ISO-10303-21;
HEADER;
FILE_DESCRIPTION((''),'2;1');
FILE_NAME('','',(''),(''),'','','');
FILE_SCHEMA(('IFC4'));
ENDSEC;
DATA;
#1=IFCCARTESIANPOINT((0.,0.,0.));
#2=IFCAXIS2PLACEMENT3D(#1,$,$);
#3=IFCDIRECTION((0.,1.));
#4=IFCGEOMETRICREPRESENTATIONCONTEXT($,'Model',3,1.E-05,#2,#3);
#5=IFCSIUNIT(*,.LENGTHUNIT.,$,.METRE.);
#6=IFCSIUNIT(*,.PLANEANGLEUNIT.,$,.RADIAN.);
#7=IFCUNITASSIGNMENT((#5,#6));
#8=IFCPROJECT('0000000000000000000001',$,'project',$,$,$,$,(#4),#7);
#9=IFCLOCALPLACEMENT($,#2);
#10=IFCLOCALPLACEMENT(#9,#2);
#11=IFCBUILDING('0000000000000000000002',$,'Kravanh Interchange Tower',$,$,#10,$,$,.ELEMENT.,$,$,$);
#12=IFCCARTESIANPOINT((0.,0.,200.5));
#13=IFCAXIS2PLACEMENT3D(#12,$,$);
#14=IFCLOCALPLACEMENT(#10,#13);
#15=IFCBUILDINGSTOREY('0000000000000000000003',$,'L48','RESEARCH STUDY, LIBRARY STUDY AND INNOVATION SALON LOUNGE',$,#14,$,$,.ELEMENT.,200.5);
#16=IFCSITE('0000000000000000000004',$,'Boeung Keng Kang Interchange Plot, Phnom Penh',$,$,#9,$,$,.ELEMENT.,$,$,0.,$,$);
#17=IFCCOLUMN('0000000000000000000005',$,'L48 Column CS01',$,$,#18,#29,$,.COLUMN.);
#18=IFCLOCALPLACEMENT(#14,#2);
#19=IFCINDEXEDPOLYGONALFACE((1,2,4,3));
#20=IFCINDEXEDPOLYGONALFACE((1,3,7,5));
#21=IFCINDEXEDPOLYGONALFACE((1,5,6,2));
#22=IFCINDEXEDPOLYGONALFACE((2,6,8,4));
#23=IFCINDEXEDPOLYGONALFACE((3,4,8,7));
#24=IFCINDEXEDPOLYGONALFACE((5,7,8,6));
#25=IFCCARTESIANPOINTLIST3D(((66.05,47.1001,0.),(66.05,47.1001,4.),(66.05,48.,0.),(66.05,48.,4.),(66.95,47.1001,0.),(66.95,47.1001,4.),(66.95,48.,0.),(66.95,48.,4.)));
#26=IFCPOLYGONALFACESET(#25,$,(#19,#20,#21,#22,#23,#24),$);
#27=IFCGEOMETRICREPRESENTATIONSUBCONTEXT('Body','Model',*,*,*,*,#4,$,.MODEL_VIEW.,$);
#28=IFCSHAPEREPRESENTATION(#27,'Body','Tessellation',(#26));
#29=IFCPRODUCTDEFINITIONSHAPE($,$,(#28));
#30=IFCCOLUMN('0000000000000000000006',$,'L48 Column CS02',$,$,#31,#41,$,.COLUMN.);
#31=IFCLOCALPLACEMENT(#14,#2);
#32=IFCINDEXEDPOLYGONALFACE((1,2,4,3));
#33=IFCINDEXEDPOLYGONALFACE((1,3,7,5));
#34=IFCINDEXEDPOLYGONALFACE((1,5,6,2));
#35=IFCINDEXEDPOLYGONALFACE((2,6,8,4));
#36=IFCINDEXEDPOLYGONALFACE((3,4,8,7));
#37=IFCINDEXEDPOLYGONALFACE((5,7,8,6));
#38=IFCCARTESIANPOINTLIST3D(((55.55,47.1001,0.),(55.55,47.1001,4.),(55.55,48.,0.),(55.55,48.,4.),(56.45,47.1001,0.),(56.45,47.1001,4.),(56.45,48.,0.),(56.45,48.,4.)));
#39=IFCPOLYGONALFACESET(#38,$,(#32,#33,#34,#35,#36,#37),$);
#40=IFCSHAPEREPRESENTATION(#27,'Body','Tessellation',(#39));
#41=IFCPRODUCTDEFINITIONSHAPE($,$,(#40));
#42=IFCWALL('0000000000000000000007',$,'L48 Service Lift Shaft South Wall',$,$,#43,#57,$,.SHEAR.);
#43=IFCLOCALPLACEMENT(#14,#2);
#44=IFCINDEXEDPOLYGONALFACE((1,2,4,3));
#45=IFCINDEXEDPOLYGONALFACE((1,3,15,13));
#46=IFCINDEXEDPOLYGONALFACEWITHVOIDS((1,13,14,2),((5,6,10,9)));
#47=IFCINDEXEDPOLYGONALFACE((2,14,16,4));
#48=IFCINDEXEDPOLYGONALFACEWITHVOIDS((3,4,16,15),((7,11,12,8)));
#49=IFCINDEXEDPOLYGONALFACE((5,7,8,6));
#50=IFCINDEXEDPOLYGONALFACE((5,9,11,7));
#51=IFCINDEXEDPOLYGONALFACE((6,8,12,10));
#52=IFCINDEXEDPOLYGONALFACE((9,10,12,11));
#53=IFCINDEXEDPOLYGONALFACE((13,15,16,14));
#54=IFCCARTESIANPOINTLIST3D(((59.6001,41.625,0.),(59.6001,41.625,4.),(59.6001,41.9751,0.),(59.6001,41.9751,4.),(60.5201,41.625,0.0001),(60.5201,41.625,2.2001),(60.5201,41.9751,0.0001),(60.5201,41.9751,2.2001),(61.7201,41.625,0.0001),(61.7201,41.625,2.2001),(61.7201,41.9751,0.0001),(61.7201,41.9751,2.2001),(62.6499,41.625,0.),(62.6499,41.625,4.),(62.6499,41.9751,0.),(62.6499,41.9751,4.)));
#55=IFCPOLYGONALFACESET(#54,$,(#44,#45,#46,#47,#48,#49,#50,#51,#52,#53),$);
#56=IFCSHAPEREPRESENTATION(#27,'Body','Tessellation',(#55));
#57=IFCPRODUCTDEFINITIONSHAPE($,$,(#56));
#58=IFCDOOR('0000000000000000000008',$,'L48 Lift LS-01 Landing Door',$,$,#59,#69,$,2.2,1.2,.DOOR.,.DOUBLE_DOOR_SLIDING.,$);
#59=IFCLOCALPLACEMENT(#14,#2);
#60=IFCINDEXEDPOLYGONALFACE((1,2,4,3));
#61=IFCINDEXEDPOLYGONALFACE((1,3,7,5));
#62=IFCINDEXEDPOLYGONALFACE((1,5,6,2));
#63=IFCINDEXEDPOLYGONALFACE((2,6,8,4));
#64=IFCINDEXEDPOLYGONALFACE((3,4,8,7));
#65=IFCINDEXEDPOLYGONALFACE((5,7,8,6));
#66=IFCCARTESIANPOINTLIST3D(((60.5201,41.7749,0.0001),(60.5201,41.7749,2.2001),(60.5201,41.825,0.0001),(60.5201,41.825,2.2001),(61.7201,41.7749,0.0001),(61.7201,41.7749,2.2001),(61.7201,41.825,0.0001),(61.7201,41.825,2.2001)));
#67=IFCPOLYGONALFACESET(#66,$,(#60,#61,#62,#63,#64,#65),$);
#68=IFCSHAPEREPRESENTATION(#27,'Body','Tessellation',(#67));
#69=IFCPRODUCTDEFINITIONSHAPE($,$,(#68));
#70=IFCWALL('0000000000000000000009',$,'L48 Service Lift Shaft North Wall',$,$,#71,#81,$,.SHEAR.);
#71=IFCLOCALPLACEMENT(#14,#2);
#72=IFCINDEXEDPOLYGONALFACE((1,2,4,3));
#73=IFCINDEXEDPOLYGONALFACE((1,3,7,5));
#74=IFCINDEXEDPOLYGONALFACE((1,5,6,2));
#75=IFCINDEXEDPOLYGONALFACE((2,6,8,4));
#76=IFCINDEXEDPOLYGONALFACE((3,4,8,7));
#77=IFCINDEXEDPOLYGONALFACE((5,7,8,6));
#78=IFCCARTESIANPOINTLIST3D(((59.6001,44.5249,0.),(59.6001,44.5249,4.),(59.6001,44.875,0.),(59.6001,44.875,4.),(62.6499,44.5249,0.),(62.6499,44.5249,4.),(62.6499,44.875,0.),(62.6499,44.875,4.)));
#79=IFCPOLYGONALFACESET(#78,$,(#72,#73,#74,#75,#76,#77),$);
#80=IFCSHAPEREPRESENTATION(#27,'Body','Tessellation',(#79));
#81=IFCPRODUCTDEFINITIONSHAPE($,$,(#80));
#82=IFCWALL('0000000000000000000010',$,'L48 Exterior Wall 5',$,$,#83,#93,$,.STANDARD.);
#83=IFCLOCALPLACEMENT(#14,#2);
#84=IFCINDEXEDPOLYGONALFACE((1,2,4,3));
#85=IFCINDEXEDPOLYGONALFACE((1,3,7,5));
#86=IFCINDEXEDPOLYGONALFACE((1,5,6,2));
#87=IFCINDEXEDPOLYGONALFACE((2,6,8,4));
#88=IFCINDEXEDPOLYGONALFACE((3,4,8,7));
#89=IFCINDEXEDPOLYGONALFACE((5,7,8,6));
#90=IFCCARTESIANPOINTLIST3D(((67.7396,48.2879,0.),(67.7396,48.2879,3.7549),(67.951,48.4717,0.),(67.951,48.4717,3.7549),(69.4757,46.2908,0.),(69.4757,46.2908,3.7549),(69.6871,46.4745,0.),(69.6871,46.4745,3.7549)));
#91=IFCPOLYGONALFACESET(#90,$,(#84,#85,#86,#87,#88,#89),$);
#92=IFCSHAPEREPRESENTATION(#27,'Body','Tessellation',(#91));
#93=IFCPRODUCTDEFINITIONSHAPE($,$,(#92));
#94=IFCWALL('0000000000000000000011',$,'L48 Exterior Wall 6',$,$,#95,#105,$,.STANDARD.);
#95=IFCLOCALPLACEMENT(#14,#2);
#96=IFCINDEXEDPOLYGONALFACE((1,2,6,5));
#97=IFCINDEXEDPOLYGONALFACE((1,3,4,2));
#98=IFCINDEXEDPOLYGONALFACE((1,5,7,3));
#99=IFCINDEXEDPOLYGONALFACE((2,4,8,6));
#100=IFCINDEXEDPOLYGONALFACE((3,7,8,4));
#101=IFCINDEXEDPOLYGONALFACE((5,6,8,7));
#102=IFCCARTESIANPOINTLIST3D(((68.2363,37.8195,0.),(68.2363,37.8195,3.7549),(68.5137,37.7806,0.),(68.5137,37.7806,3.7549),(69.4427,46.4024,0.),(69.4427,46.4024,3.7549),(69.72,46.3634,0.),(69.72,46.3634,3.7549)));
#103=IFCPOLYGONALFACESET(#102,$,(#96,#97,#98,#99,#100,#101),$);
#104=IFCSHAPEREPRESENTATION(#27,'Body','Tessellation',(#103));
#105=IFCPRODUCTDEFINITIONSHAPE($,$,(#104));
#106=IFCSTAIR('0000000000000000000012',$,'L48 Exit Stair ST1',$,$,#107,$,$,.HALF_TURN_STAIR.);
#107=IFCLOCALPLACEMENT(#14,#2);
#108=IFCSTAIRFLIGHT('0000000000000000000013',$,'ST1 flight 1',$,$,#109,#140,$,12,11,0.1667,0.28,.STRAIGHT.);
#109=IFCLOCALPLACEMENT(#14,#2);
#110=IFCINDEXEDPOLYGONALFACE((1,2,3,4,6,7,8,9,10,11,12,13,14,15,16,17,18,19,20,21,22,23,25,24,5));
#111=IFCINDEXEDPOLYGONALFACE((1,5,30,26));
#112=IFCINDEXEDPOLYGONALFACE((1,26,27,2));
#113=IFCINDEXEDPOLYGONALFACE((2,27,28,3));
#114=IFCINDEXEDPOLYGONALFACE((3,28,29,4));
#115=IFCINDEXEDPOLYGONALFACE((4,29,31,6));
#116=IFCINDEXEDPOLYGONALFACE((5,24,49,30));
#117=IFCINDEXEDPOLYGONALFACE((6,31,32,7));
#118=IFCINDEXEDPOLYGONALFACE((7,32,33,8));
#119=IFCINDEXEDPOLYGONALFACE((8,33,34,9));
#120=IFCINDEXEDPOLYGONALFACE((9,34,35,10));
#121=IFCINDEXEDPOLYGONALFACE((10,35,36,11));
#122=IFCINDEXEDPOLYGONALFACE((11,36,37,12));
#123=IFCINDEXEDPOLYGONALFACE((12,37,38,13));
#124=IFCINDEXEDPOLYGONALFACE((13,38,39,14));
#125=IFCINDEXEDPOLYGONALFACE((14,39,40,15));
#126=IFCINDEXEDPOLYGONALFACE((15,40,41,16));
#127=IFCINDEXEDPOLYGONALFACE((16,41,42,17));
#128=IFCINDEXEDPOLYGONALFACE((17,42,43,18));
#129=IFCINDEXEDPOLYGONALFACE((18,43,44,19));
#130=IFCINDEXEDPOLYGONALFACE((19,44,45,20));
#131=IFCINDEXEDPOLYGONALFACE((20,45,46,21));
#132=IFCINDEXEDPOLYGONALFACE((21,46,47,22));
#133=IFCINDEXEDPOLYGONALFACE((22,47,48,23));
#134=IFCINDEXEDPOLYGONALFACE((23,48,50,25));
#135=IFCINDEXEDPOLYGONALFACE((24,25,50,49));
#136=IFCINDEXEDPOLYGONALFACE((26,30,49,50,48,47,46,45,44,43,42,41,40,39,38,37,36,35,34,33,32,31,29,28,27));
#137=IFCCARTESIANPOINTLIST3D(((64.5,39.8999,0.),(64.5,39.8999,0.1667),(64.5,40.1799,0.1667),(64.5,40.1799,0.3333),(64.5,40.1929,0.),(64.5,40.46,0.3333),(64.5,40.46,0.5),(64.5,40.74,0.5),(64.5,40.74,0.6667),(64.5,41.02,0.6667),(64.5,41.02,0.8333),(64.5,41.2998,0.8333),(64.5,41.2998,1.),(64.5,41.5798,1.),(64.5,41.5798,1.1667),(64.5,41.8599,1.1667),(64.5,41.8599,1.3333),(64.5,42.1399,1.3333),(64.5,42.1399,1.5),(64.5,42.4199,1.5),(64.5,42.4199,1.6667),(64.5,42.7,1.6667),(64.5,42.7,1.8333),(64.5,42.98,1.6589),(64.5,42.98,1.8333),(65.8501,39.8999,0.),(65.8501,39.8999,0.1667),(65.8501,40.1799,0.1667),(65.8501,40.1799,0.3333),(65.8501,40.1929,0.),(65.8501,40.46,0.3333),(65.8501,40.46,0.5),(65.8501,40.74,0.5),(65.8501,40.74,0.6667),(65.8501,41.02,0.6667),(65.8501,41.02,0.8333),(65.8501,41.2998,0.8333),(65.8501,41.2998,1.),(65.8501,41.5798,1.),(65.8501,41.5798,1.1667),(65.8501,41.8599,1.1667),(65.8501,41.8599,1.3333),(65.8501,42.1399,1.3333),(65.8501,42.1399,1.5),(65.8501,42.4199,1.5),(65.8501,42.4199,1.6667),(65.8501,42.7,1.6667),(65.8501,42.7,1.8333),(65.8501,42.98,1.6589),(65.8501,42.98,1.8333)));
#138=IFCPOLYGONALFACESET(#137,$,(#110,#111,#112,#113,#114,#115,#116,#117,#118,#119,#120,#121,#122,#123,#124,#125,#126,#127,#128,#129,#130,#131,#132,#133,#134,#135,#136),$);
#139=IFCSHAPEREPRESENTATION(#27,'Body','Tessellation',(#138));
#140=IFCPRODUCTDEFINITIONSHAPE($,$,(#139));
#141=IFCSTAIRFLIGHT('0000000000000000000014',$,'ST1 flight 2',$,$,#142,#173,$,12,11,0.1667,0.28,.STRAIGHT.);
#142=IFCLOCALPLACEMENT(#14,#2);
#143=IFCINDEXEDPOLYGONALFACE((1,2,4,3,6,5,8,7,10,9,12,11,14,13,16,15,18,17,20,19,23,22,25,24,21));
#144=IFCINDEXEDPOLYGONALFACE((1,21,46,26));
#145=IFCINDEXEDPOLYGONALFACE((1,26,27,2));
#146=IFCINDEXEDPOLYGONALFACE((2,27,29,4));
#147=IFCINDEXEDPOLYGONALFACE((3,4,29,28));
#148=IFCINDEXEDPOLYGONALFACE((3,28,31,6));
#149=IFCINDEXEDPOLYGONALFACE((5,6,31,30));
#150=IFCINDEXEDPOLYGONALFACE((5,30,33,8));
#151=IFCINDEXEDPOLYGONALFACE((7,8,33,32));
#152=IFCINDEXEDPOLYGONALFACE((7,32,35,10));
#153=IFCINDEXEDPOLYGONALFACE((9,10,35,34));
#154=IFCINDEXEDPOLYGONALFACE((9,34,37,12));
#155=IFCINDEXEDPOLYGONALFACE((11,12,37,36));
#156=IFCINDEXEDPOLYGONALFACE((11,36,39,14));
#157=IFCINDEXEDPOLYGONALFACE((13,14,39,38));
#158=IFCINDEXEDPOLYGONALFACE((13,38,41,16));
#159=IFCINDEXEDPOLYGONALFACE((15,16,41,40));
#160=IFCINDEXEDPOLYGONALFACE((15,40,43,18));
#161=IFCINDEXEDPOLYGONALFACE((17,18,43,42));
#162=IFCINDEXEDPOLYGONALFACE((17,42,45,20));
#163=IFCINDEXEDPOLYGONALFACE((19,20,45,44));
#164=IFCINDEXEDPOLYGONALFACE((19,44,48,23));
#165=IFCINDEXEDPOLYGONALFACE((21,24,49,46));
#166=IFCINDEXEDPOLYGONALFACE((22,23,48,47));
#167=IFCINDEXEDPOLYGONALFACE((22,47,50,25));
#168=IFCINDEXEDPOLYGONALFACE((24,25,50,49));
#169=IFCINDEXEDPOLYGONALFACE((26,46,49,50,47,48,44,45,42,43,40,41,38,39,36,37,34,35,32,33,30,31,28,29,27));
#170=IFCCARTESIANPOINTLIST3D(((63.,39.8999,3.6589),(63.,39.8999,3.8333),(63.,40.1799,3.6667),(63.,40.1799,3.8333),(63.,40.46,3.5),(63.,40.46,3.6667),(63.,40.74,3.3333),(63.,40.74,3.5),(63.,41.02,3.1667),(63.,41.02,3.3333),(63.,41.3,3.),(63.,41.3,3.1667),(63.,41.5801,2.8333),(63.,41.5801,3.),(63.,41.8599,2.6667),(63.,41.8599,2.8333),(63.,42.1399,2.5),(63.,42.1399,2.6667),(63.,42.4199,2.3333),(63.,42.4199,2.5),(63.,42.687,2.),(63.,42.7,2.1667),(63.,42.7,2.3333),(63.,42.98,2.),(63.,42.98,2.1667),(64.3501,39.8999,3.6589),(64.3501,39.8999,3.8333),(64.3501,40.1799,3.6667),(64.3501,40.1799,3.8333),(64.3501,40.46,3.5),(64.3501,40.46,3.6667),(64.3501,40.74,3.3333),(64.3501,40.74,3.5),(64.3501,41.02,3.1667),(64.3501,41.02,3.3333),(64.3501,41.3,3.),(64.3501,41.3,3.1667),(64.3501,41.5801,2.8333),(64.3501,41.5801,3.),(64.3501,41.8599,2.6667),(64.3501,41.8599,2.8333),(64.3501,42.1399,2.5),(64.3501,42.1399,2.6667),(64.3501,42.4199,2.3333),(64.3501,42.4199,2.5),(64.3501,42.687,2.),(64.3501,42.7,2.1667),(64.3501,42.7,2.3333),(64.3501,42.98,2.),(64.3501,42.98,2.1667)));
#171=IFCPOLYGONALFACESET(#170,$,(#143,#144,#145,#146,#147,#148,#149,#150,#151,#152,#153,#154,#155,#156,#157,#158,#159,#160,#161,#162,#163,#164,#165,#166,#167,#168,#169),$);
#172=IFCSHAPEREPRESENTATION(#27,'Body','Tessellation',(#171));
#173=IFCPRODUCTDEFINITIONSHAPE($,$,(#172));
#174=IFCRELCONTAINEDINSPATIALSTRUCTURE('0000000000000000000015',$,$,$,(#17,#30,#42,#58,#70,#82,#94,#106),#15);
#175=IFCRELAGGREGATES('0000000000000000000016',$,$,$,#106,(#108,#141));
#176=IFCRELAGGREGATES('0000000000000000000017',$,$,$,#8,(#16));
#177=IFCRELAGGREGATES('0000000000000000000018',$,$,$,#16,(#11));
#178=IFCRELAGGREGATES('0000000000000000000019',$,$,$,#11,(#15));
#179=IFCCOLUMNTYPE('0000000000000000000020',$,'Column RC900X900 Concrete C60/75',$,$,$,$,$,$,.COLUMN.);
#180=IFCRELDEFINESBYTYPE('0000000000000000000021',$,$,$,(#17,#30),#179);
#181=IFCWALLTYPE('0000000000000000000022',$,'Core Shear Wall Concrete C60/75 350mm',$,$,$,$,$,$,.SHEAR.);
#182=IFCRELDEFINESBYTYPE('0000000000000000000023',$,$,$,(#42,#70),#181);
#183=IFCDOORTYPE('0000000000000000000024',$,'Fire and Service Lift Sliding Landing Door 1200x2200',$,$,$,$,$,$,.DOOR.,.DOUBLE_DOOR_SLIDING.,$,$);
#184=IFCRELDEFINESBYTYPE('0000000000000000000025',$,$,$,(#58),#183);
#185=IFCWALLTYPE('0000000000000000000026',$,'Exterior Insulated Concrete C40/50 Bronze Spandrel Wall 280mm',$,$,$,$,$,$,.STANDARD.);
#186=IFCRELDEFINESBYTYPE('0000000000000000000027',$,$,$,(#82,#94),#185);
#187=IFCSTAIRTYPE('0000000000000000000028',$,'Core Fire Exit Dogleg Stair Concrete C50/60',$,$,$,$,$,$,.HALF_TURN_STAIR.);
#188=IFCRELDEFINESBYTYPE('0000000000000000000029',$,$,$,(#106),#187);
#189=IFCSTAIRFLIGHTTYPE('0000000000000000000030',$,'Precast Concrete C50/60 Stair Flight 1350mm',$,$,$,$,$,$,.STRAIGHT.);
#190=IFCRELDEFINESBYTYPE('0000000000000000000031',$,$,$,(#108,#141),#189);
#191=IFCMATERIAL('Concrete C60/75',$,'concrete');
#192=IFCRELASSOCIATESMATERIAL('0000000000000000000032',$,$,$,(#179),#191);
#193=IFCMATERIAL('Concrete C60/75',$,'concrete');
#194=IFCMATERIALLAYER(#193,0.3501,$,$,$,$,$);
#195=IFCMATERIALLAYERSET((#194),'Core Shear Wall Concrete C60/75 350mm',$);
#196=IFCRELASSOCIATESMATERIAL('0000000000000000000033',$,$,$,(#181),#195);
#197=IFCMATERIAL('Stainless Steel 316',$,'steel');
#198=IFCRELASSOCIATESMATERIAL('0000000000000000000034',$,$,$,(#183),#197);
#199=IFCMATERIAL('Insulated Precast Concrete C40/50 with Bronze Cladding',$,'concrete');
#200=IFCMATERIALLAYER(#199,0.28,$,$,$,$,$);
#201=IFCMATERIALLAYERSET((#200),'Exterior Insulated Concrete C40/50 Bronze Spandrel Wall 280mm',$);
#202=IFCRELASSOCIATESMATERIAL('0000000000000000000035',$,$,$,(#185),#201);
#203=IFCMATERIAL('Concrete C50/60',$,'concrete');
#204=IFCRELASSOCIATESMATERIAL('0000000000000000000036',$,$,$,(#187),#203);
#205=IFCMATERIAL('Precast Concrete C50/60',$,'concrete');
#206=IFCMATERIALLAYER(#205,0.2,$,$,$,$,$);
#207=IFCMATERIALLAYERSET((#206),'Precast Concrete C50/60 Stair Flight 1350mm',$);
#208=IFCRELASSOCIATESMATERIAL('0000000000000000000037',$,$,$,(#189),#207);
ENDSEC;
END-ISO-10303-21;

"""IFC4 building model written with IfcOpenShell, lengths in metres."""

from ifc_helpers import new_model, si_unit, direction, frame, frame_2d, origin, origin_2d, place, context, subcontext, project, spatial, polyline, rectangle, outline, extrude, material, layer, layer_set, material_profile, profile_set, type_object, element, fill, aggregate, save


model = new_model("IFC4")

# Units and contexts
model_context = context("Model", 3, precision=1e-05, world=origin(), true_north=direction((0.0, 1.0)))
body_context = subcontext(model_context, "Body", "Model", "MODEL_VIEW")
ifc_project = project(units=[si_unit("LENGTHUNIT", "METRE"), si_unit("PLANEANGLEUNIT", "RADIAN")], contexts=[model_context])

# Site, building, storey
site_placement = place(None, origin())
site = spatial("IfcSite", under=ifc_project, at=site_placement, Name="Boeung Keng Kang Interchange Plot, Phnom Penh", CompositionType="ELEMENT", RefElevation=0.0)
building_placement = place(site_placement, origin())
building = spatial("IfcBuilding", under=site, at=building_placement, Name="Kravanh Interchange Tower", CompositionType="ELEMENT")
storey_placement = place(building_placement, frame((0.0, 0.0, 200.5)))
storey = spatial("IfcBuildingStorey", under=building, at=storey_placement, Name="L48", Description="RESEARCH STUDY, LIBRARY STUDY AND INNOVATION SALON LOUNGE", CompositionType="ELEMENT", Elevation=200.5)

# Columns
ifc_material_1 = material(Name="Concrete C60/75", Category="concrete")
ifc_material_profile = material_profile(ifc_material_1, rectangle(XDim=0.8999, YDim=0.8999, at=origin_2d()), Name="RC900X900")
ifc_profile_set = profile_set([ifc_material_profile], Name="Concrete C60/75")
column_type = type_object("IfcColumnType", Name="Column RC900X900 Concrete C60/75", PredefinedType="COLUMN", material=ifc_profile_set)
for number, where, z_axis, x_axis, name in (
    (1, (66.5, 47.55, 0.0), (0.0, 0.0, 1.0), (1.0, 0.0, 0.0), "L48 Column CS01"),
    (2, (56.0, 47.55, 0.0), (0.0, 0.0, 1.0), (1.0, 0.0, 0.0), "L48 Column CS02"),
):
    element("IfcColumn", number, at=place(storey_placement, frame(where, z_axis=z_axis, x_axis=x_axis)), inside=storey, type_object=column_type, Name=name, PredefinedType="COLUMN", context=body_context, shape_type="SweptSolid", body=[
        extrude(rectangle(XDim=0.8999, YDim=0.8999, at=origin_2d()), origin(), (0.0, 0.0, 1.0), 4.0),
    ])

# Wall, opening, door
ifc_material_2 = material(Name="Concrete C60/75", Category="concrete")
ifc_layer_1 = layer(ifc_material_2, 0.3501)
ifc_layer_set_1 = layer_set([ifc_layer_1], Name="Core Shear Wall Concrete C60/75 350mm")
wall_type_1 = type_object("IfcWallType", Name="Core Shear Wall Concrete C60/75 350mm", PredefinedType="SHEAR", material=ifc_layer_set_1)
wall_1_placement = place(storey_placement, frame((59.6001, 41.8, 0.0), z_axis=(0.0, 0.0, 1.0), x_axis=(1.0, 0.0, 0.0)))
wall_1 = element("IfcWall", 3, at=wall_1_placement, inside=storey, type_object=wall_type_1, Name="L48 Service Lift Shaft South Wall", PredefinedType="SHEAR", context=body_context, shape_type="SweptSolid", body=[
    extrude(rectangle(XDim=3.0498, YDim=0.3501, at=frame_2d((1.5249, 0.0))), origin(), (0.0, 0.0, 1.0), 4.0),
])
opening_placement = place(wall_1_placement, frame((0.9199, 0.0, 0.0)))
opening = element("IfcOpeningElement", 4, at=opening_placement, cuts=wall_1, PredefinedType="OPENING", context=body_context, shape_type="SweptSolid", body=[
    extrude(rectangle(XDim=1.2, YDim=2.2, at=frame_2d((0.6001, 1.1001))), frame((0.0, 0.1851, 0.0), z_axis=(0.0, -1.0, 0.0), x_axis=(1.0, 0.0, 0.0)), (0.0, 0.0, 1.0), 0.3701),
])
ifc_material_3 = material(Name="Stainless Steel 316", Category="steel")
door_type = type_object("IfcDoorType", Name="Fire and Service Lift Sliding Landing Door 1200x2200", OperationType="DOUBLE_DOOR_SLIDING", PredefinedType="DOOR", material=ifc_material_3)
door_placement = place(opening_placement, origin())
door = element("IfcDoor", 5, at=door_placement, inside=storey, type_object=door_type, Name="L48 Lift LS-01 Landing Door", OperationType="DOUBLE_DOOR_SLIDING", OverallHeight=2.2, OverallWidth=1.2, PredefinedType="DOOR", context=body_context, shape_type="SweptSolid", body=[
    extrude(rectangle(XDim=1.2, YDim=2.2, at=frame_2d((0.6001, 1.1001))), frame((0.0, 0.0249, 0.0), z_axis=(0.0, -1.0, 0.0), x_axis=(1.0, 0.0, 0.0)), (0.0, 0.0, 1.0), 0.05),
])
fill(opening, door)

# Walls
wall_2_placement = place(storey_placement, frame((59.6001, 44.7, 0.0), z_axis=(0.0, 0.0, 1.0), x_axis=(1.0, 0.0, 0.0)))
element("IfcWall", 6, at=wall_2_placement, inside=storey, type_object=wall_type_1, Name="L48 Service Lift Shaft North Wall", PredefinedType="SHEAR", context=body_context, shape_type="SweptSolid", body=[
    extrude(rectangle(XDim=3.0498, YDim=0.3501, at=frame_2d((1.5249, 0.0))), origin(), (0.0, 0.0, 1.0), 4.0),
])
ifc_material_4 = material(Name="Insulated Precast Concrete C40/50 with Bronze Cladding", Category="concrete")
ifc_layer_2 = layer(ifc_material_4, 0.28)
ifc_layer_set_2 = layer_set([ifc_layer_2], Name="Exterior Insulated Concrete C40/50 Bronze Spandrel Wall 280mm")
wall_type_2 = type_object("IfcWallType", Name="Exterior Insulated Concrete C40/50 Bronze Spandrel Wall 280mm", PredefinedType="STANDARD", material=ifc_layer_set_2)
wall_3_placement = place(storey_placement, frame((67.8452, 48.3799, 0.0), z_axis=(0.0, 0.0, 1.0), x_axis=(0.656071, -0.754699, 0.0)))
element("IfcWall", 7, at=wall_3_placement, inside=storey, type_object=wall_type_2, Name="L48 Exterior Wall 5", PredefinedType="STANDARD", context=body_context, shape_type="SweptSolid", body=[
    extrude(rectangle(XDim=2.6462, YDim=0.28, at=frame_2d((1.3232, 0.0))), origin(), (0.0, 0.0, 1.0), 3.7549),
])
wall_4_placement = place(storey_placement, frame((69.5813, 46.3828, 0.0), z_axis=(0.0, 0.0, 1.0), x_axis=(-0.139181, -0.990267, 0.0)))
element("IfcWall", 8, at=wall_4_placement, inside=storey, type_object=wall_type_2, Name="L48 Exterior Wall 6", PredefinedType="STANDARD", context=body_context, shape_type="SweptSolid", body=[
    extrude(rectangle(XDim=8.6672, YDim=0.28, at=frame_2d((4.3335, 0.0))), origin(), (0.0, 0.0, 1.0), 3.7549),
])

# Stair, stair flights
ifc_material_5 = material(Name="Concrete C50/60", Category="concrete")
stair_type = type_object("IfcStairType", Name="Core Fire Exit Dogleg Stair Concrete C50/60", PredefinedType="HALF_TURN_STAIR", material=ifc_material_5)
stair_1_placement = place(storey_placement, origin())
stair_1 = element("IfcStair", 9, at=stair_1_placement, inside=storey, type_object=stair_type, Name="L48 Exit Stair ST1", PredefinedType="HALF_TURN_STAIR")
ifc_material_6 = material(Name="Precast Concrete C50/60", Category="concrete")
ifc_layer_3 = layer(ifc_material_6, 0.2)
ifc_layer_set_3 = layer_set([ifc_layer_3], Name="Precast Concrete C50/60 Stair Flight 1350mm")
stair_flight_type = type_object("IfcStairFlightType", Name="Precast Concrete C50/60 Stair Flight 1350mm", PredefinedType="STRAIGHT", material=ifc_layer_set_3)
stair_flight_1_placement = place(storey_placement, frame((65.175, 39.8999, 0.0), z_axis=(0.0, 0.0, 1.0), x_axis=(0.0, 1.0, 0.0)))
stair_flight_1 = element("IfcStairFlight", 10, at=stair_flight_1_placement, type_object=stair_flight_type, Name="ST1 flight 1", NumberOfRisers=12, NumberOfTreads=11, PredefinedType="STRAIGHT", RiserHeight=0.1667, TreadLength=0.28, context=body_context, shape_type="SweptSolid", body=[
    extrude(outline(polyline([(0.0, 0.0), (0.0, 0.1667), (0.28, 0.1667), (0.28, 0.3333), (0.5601, 0.3333), (0.5601, 0.5), (0.8401, 0.5), (0.8401, 0.6667), (1.1201, 0.6667), (1.1201, 0.8333), (1.3999, 0.8333), (1.3999, 1.0), (1.6799, 1.0), (1.6799, 1.1667), (1.96, 1.1667), (1.96, 1.3333), (2.24, 1.3333), (2.24, 1.5), (2.52, 1.5), (2.52, 1.6667), (2.8, 1.6667), (2.8, 1.8333), (3.0801, 1.8333), (3.0801, 2.0), (3.0801, 1.6589), (0.293, 0.0), (0.0, 0.0)])), frame((0.0, 0.675, 0.0), z_axis=(0.0, -1.0, 0.0), x_axis=(1.0, 0.0, 0.0)), (0.0, 0.0, 1.0), 1.3501),
])
stair_flight_2_placement = place(storey_placement, frame((63.675, 42.98, 2.0), z_axis=(0.0, 0.0, 1.0), x_axis=(0.0, -1.0, 0.0)))
stair_flight_2 = element("IfcStairFlight", 11, at=stair_flight_2_placement, type_object=stair_flight_type, Name="ST1 flight 2", NumberOfRisers=12, NumberOfTreads=11, PredefinedType="STRAIGHT", RiserHeight=0.1667, TreadLength=0.28, context=body_context, shape_type="SweptSolid", body=[
    extrude(outline(polyline([(0.0, 0.0), (0.0, 0.1667), (0.28, 0.1667), (0.28, 0.3333), (0.5601, 0.3333), (0.5601, 0.5), (0.8401, 0.5), (0.8401, 0.6667), (1.1201, 0.6667), (1.1201, 0.8333), (1.3999, 0.8333), (1.3999, 1.0), (1.6799, 1.0), (1.6799, 1.1667), (1.96, 1.1667), (1.96, 1.3333), (2.24, 1.3333), (2.24, 1.5), (2.52, 1.5), (2.52, 1.6667), (2.8, 1.6667), (2.8, 1.8333), (3.0801, 1.8333), (3.0801, 2.0), (3.0801, 1.6589), (0.293, 0.0), (0.0, 0.0)])), frame((0.0, 0.675, 0.0), z_axis=(0.0, -1.0, 0.0), x_axis=(1.0, 0.0, 0.0)), (0.0, 0.0, 1.0), 1.3501),
])
aggregate(stair_1, [stair_flight_1, stair_flight_2])

save(model, "model.ifc")
